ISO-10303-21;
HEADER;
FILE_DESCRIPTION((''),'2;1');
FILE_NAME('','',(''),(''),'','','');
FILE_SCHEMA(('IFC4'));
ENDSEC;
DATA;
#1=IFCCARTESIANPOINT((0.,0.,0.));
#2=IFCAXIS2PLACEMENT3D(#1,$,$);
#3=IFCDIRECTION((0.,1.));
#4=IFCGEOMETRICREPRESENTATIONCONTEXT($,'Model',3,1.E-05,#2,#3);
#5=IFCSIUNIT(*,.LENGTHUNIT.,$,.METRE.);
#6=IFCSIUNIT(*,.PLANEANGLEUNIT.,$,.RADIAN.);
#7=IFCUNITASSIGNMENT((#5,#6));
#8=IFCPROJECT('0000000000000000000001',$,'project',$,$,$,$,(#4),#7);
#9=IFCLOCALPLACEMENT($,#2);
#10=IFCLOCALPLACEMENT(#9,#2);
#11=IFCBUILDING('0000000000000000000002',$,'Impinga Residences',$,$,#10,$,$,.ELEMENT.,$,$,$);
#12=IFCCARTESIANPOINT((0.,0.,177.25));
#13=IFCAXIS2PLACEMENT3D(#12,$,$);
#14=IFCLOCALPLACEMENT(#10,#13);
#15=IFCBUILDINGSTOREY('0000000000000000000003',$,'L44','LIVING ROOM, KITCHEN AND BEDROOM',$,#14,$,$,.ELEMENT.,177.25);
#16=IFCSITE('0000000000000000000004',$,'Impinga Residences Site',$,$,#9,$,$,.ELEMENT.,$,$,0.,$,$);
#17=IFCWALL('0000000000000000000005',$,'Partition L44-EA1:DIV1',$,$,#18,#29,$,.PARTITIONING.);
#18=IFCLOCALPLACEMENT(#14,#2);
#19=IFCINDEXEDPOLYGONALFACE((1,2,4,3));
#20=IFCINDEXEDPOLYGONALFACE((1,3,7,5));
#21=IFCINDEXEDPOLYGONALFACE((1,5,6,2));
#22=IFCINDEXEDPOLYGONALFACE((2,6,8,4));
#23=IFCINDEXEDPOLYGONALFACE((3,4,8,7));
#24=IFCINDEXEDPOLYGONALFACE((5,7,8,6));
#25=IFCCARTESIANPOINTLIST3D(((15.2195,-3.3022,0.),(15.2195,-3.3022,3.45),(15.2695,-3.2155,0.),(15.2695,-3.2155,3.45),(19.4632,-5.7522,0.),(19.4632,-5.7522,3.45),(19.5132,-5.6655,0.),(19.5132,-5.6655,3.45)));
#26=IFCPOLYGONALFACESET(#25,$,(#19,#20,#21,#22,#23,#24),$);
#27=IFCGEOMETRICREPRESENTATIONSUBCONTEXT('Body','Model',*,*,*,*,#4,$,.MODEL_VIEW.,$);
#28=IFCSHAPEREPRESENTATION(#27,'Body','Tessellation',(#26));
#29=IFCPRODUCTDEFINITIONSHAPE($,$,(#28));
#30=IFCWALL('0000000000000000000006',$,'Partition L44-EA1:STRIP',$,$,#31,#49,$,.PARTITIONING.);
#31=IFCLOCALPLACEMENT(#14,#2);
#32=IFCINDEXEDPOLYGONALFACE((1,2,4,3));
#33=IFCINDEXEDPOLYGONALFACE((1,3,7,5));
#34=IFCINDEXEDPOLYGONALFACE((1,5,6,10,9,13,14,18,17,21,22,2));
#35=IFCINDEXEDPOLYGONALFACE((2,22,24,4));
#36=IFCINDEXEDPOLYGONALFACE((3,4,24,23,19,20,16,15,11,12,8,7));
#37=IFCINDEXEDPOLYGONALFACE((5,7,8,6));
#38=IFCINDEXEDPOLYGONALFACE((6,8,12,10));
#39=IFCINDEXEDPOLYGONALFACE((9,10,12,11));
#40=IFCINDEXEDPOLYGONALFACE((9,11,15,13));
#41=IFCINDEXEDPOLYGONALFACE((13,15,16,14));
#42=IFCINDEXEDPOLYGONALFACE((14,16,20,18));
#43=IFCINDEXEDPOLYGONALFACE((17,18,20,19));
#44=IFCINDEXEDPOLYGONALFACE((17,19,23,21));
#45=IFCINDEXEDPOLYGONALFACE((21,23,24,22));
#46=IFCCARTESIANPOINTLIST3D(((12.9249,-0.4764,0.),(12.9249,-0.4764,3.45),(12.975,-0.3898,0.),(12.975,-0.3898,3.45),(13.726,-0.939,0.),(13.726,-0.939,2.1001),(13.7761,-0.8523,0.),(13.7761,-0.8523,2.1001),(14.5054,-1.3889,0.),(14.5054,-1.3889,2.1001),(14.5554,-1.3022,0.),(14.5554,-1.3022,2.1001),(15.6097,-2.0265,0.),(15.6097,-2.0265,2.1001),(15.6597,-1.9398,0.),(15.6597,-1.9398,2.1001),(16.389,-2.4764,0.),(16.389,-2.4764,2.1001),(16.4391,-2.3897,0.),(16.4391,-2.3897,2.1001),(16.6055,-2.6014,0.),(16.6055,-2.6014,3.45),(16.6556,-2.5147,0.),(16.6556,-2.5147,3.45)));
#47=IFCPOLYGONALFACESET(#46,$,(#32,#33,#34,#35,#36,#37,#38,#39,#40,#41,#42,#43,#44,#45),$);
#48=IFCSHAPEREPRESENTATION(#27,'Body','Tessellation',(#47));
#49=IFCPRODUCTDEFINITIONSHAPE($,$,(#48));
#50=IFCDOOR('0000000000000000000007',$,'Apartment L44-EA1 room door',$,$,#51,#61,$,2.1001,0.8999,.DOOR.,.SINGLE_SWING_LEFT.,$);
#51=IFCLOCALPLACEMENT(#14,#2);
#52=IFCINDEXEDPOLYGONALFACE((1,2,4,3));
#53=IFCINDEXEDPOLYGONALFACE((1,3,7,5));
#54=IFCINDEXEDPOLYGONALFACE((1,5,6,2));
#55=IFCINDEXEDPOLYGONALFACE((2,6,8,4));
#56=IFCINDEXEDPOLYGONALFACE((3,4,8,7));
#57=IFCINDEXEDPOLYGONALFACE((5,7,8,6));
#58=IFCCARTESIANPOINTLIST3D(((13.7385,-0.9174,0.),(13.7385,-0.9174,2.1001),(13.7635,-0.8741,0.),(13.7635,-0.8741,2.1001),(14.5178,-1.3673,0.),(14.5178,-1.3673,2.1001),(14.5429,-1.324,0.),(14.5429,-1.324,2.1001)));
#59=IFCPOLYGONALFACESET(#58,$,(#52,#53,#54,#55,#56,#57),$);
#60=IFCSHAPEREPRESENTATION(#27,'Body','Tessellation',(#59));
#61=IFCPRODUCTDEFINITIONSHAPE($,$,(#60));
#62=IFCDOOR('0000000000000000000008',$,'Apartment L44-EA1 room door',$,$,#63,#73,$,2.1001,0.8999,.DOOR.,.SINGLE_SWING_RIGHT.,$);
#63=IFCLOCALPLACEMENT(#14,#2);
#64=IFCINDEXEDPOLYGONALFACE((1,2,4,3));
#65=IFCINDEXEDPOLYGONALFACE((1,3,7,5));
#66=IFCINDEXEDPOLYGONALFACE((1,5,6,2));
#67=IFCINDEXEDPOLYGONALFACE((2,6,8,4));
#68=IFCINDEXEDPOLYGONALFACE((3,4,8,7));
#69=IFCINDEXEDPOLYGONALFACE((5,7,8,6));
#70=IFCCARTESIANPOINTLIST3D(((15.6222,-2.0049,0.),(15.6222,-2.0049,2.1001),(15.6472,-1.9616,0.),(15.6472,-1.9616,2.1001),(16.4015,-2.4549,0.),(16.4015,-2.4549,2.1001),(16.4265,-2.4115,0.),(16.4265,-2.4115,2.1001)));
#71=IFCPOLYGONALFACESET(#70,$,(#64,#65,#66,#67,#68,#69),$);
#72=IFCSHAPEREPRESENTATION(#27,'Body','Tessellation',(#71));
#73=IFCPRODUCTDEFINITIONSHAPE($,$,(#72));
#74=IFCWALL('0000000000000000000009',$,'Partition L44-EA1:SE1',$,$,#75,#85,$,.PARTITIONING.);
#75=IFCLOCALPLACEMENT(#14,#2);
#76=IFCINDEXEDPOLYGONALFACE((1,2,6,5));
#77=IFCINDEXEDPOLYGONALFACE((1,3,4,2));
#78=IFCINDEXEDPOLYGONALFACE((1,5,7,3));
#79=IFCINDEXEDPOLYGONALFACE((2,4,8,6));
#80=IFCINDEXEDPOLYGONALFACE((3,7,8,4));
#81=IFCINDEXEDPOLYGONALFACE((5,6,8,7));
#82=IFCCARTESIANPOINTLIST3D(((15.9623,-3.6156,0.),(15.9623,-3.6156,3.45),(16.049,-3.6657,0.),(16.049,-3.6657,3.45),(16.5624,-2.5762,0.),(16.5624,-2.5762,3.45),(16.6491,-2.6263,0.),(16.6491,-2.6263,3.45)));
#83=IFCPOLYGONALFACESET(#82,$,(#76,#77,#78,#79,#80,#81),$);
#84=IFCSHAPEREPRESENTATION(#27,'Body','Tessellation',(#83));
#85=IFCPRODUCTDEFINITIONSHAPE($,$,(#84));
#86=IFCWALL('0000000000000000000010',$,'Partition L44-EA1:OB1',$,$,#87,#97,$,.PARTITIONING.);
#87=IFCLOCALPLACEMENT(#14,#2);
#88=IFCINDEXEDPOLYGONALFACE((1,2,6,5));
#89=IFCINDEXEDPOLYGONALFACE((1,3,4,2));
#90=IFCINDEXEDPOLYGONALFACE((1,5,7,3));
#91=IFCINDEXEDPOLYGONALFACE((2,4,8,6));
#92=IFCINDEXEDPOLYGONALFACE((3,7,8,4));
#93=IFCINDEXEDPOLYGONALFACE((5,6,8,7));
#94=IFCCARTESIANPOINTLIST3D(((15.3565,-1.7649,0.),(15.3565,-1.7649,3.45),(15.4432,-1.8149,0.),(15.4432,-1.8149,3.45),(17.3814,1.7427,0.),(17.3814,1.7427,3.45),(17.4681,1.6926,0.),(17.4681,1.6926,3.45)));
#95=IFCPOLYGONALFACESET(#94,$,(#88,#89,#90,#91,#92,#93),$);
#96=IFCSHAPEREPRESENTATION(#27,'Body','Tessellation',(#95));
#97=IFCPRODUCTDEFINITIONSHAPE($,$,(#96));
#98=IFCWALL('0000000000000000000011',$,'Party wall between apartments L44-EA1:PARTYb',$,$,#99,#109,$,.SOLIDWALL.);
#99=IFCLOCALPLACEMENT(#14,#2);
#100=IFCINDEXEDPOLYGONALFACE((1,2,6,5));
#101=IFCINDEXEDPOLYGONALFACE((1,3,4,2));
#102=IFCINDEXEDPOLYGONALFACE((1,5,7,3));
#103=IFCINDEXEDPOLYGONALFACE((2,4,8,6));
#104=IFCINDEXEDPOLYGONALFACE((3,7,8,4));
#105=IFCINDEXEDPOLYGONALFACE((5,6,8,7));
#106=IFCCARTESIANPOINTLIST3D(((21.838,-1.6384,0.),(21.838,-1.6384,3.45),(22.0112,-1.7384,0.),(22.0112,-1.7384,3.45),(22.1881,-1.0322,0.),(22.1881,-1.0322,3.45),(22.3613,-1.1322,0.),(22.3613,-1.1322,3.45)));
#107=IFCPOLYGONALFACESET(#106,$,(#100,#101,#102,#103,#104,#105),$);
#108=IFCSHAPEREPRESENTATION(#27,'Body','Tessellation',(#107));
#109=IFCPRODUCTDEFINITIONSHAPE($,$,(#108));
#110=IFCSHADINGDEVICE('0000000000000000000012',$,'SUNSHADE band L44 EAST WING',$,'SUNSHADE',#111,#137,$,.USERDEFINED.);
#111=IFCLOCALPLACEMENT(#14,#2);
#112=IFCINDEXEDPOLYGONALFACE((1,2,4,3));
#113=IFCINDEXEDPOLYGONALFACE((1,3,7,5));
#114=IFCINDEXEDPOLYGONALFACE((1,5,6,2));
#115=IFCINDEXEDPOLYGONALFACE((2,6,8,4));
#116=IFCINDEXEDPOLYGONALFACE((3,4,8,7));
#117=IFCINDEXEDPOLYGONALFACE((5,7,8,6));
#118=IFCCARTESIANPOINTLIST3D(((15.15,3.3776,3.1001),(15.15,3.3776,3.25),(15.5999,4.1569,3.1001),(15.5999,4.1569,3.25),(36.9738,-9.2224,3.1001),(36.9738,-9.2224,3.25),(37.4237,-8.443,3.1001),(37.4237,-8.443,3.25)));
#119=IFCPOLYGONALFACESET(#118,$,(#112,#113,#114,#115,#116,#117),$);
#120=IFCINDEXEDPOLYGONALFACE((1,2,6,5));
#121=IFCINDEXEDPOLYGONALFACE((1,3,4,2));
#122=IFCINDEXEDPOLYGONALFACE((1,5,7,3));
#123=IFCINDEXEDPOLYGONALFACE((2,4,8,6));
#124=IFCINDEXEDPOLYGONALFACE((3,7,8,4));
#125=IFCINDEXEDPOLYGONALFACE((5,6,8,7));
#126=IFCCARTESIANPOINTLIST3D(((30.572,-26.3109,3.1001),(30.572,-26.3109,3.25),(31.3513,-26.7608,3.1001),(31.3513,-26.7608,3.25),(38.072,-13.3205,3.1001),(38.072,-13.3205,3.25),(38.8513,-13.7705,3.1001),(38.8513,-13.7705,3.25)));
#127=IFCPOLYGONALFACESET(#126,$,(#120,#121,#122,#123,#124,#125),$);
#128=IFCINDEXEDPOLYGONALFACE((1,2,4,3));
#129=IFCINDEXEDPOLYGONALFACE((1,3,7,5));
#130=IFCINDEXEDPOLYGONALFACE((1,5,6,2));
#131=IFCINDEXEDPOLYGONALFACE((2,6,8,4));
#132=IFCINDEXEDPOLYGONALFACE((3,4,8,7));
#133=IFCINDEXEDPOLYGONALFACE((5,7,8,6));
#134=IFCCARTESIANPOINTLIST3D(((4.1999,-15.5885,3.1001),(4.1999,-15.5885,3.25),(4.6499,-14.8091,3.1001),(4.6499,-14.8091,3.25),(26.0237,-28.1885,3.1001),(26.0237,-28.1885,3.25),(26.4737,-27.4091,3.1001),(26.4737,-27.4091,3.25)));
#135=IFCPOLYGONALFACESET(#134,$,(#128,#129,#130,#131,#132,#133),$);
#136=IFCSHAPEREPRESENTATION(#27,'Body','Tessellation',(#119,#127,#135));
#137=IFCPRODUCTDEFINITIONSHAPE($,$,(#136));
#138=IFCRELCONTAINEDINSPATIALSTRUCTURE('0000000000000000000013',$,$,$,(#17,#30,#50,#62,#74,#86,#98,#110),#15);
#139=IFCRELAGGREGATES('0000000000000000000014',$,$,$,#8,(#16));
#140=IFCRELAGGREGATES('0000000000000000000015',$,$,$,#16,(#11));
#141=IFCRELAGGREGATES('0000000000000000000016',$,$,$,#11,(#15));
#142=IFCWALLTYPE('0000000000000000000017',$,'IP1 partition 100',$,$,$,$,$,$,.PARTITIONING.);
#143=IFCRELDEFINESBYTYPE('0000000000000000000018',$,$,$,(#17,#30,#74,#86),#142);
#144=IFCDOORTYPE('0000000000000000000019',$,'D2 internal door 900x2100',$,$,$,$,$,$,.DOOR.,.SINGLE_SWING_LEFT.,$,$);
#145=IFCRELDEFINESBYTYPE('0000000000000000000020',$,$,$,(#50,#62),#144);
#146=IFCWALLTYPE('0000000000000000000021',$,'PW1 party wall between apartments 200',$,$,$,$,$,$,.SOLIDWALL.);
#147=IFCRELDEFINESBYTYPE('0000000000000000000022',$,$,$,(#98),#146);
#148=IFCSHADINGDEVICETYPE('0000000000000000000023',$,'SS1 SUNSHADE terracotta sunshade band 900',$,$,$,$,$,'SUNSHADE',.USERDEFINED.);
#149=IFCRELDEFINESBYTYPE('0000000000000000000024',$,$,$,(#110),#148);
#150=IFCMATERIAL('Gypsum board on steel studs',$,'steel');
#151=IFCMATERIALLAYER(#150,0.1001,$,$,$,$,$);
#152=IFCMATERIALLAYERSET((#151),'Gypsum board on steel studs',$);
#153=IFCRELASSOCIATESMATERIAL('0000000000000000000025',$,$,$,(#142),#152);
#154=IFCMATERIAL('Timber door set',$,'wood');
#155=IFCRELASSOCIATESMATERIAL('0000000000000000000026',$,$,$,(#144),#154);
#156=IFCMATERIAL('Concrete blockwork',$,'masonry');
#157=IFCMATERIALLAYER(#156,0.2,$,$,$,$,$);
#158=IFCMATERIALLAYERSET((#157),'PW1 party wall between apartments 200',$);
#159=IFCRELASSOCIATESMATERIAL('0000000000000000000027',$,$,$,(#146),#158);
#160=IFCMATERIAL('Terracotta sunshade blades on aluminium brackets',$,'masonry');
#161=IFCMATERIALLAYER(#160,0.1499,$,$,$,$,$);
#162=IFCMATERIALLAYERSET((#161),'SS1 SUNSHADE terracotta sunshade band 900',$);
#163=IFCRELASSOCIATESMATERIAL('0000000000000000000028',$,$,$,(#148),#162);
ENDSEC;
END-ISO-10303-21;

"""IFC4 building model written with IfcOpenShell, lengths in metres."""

from ifc_helpers import new_model, si_unit, direction, frame, frame_2d, origin, origin_2d, place, context, subcontext, project, spatial, rectangle, extrude, material, layer, layer_set, type_object, element, fill, save


model = new_model("IFC4")

# Units and contexts
model_context = context("Model", 3, precision=1e-05, world=origin(), true_north=direction((0.0, 1.0)))
body_context = subcontext(model_context, "Body", "Model", "MODEL_VIEW")
ifc_project = project(units=[si_unit("LENGTHUNIT", "METRE"), si_unit("PLANEANGLEUNIT", "RADIAN")], contexts=[model_context])

# Site, building, storey
site_placement = place(None, origin())
site = spatial("IfcSite", under=ifc_project, at=site_placement, Name="Impinga Residences Site", CompositionType="ELEMENT", RefElevation=0.0)
building_placement = place(site_placement, origin())
building = spatial("IfcBuilding", under=site, at=building_placement, Name="Impinga Residences", CompositionType="ELEMENT")
storey_placement = place(building_placement, frame((0.0, 0.0, 177.25)))
storey = spatial("IfcBuildingStorey", under=building, at=storey_placement, Name="L44", Description="LIVING ROOM, KITCHEN AND BEDROOM", CompositionType="ELEMENT", Elevation=177.25)

# Wall
ifc_material_1 = material(Name="Gypsum board on steel studs", Category="steel")
ifc_layer_1 = layer(ifc_material_1, 0.1001)
ifc_layer_set_1 = layer_set([ifc_layer_1], Name="Gypsum board on steel studs")
wall_type_1 = type_object("IfcWallType", Name="IP1 partition 100", PredefinedType="PARTITIONING", material=ifc_layer_set_1)
wall_1_placement = place(storey_placement, frame((15.2444, -3.2588, 0.0), z_axis=(0.0, 0.0, 1.0), x_axis=(0.866036, -0.499981, 0.0)))
element("IfcWall", 1, at=wall_1_placement, inside=storey, type_object=wall_type_1, Name="Partition L44-EA1:DIV1", PredefinedType="PARTITIONING", context=body_context, shape_type="SweptSolid", body=[
    extrude(rectangle(XDim=4.9001, YDim=0.1001, at=frame_2d((2.4502, 0.0))), origin(), (0.0, 0.0, 1.0), 3.45),
])

# Wall, openings, doors
wall_2_placement = place(storey_placement, frame((12.95, -0.4331, 0.0), z_axis=(0.0, 0.0, 1.0), x_axis=(0.866029, -0.499994, 0.0)))
wall_2 = element("IfcWall", 2, at=wall_2_placement, inside=storey, type_object=wall_type_1, Name="Partition L44-EA1:STRIP", PredefinedType="PARTITIONING", context=body_context, shape_type="SweptSolid", body=[
    extrude(rectangle(XDim=4.25, YDim=0.1001, at=frame_2d((2.125, 0.0))), origin(), (0.0, 0.0, 1.0), 3.45),
])
opening_1_placement = place(wall_2_placement, frame((0.925, 0.0, 0.0)))
opening_1 = element("IfcOpeningElement", 3, at=opening_1_placement, cuts=wall_2, PredefinedType="OPENING", context=body_context, shape_type="SweptSolid", body=[
    extrude(rectangle(XDim=0.8999, YDim=2.1001, at=frame_2d((0.45, 1.05))), frame((0.0, 0.0601, 0.0), z_axis=(0.0, -1.0, 0.0), x_axis=(1.0, 0.0, 0.0)), (0.0, 0.0, 1.0), 0.1201),
])
opening_2_placement = place(wall_2_placement, frame((3.1001, 0.0, 0.0)))
opening_2 = element("IfcOpeningElement", 4, at=opening_2_placement, cuts=wall_2, PredefinedType="OPENING", context=body_context, shape_type="SweptSolid", body=[
    extrude(rectangle(XDim=0.8999, YDim=2.1001, at=frame_2d((0.45, 1.05))), frame((0.0, 0.0601, 0.0), z_axis=(0.0, -1.0, 0.0), x_axis=(1.0, 0.0, 0.0)), (0.0, 0.0, 1.0), 0.1201),
])
ifc_material_2 = material(Name="Timber door set", Category="wood")
door_type = type_object("IfcDoorType", Name="D2 internal door 900x2100", OperationType="SINGLE_SWING_LEFT", PredefinedType="DOOR", material=ifc_material_2)
door_1_placement = place(opening_1_placement, origin())
door_1 = element("IfcDoor", 5, at=door_1_placement, inside=storey, type_object=door_type, Name="Apartment L44-EA1 room door", OperationType="SINGLE_SWING_LEFT", OverallHeight=2.1001, OverallWidth=0.8999, PredefinedType="DOOR", context=body_context, shape_type="SweptSolid", body=[
    extrude(rectangle(XDim=0.8999, YDim=2.1001, at=frame_2d((0.45, 1.05))), frame((0.0, 0.0249, 0.0), z_axis=(0.0, -1.0, 0.0), x_axis=(1.0, 0.0, 0.0)), (0.0, 0.0, 1.0), 0.05),
])
fill(opening_1, door_1)
door_2_placement = place(opening_2_placement, origin())
door_2 = element("IfcDoor", 6, at=door_2_placement, inside=storey, type_object=door_type, Name="Apartment L44-EA1 room door", OperationType="SINGLE_SWING_RIGHT", OverallHeight=2.1001, OverallWidth=0.8999, PredefinedType="DOOR", context=body_context, shape_type="SweptSolid", body=[
    extrude(rectangle(XDim=0.8999, YDim=2.1001, at=frame_2d((0.45, 1.05))), frame((0.0, 0.0249, 0.0), z_axis=(0.0, -1.0, 0.0), x_axis=(1.0, 0.0, 0.0)), (0.0, 0.0, 1.0), 0.05),
])
fill(opening_2, door_2)

# Walls
wall_3_placement = place(storey_placement, frame((16.0056, -3.6406, 0.0), z_axis=(0.0, 0.0, 1.0), x_axis=(0.500034, 0.866006, 0.0)))
element("IfcWall", 7, at=wall_3_placement, inside=storey, type_object=wall_type_1, Name="Partition L44-EA1:SE1", PredefinedType="PARTITIONING", context=body_context, shape_type="SweptSolid", body=[
    extrude(rectangle(XDim=1.2002, YDim=0.1001, at=frame_2d((0.6001, 0.0))), origin(), (0.0, 0.0, 1.0), 3.45),
])
wall_4_placement = place(storey_placement, frame((15.3999, -1.7898, 0.0), z_axis=(0.0, 0.0, 1.0), x_axis=(0.499964, 0.866046, 0.0)))
element("IfcWall", 8, at=wall_4_placement, inside=storey, type_object=wall_type_1, Name="Partition L44-EA1:OB1", PredefinedType="PARTITIONING", context=body_context, shape_type="SweptSolid", body=[
    extrude(rectangle(XDim=4.05, YDim=0.1001, at=frame_2d((2.0249, 0.0))), origin(), (0.0, 0.0, 1.0), 3.45),
])
ifc_material_3 = material(Name="Concrete blockwork", Category="masonry")
ifc_layer_2 = layer(ifc_material_3, 0.2)
ifc_layer_set_2 = layer_set([ifc_layer_2], Name="PW1 party wall between apartments 200")
wall_type_2 = type_object("IfcWallType", Name="PW1 party wall between apartments 200", PredefinedType="SOLIDWALL", material=ifc_layer_set_2)
wall_5_placement = place(storey_placement, frame((21.9246, -1.6885, 0.0), z_axis=(0.0, 0.0, 1.0), x_axis=(0.500115, 0.865959, 0.0)))
element("IfcWall", 9, at=wall_5_placement, inside=storey, type_object=wall_type_2, Name="Party wall between apartments L44-EA1:PARTYb", PredefinedType="SOLIDWALL", context=body_context, shape_type="SweptSolid", body=[
    extrude(rectangle(XDim=0.7, YDim=0.2, at=frame_2d((0.3501, 0.0))), origin(), (0.0, 0.0, 1.0), 3.45),
])

# Shading device
ifc_material_4 = material(Name="Terracotta sunshade blades on aluminium brackets", Category="masonry")
ifc_layer_3 = layer(ifc_material_4, 0.1499)
ifc_layer_set_3 = layer_set([ifc_layer_3], Name="SS1 SUNSHADE terracotta sunshade band 900")
shading_device_type = type_object("IfcShadingDeviceType", Name="SS1 SUNSHADE terracotta sunshade band 900", ElementType="SUNSHADE", PredefinedType="USERDEFINED", material=ifc_layer_set_3)
shading_device_placement = place(storey_placement, frame((26.2869, -2.5327, 3.1001), z_axis=(0.0, 0.0, 1.0), x_axis=(0.866025, -0.5, 0.0)))
element("IfcShadingDevice", 10, at=shading_device_placement, inside=storey, type_object=shading_device_type, Name="SUNSHADE band L44 EAST WING", ObjectType="SUNSHADE", PredefinedType="USERDEFINED", context=body_context, shape_type="SweptSolid", body=[
    extrude(rectangle(XDim=25.2, YDim=0.8999, at=origin_2d()), origin(), (0.0, 0.0, 1.0), 0.1499),
    extrude(rectangle(XDim=15.0, YDim=0.8999, at=origin_2d()), frame((16.05, -10.95, 0.0), z_axis=(0.0, 0.0, 1.0), x_axis=(0.0, -1.0, 0.0)), (0.0, 0.0, 1.0), 0.1499),
    extrude(rectangle(XDim=25.2, YDim=0.8999, at=origin_2d()), frame((0.0, -21.9001, 0.0), z_axis=(0.0, 0.0, 1.0), x_axis=(-1.0, 0.0, 0.0)), (0.0, 0.0, 1.0), 0.1499),
])

save(model, "model.ifc")
